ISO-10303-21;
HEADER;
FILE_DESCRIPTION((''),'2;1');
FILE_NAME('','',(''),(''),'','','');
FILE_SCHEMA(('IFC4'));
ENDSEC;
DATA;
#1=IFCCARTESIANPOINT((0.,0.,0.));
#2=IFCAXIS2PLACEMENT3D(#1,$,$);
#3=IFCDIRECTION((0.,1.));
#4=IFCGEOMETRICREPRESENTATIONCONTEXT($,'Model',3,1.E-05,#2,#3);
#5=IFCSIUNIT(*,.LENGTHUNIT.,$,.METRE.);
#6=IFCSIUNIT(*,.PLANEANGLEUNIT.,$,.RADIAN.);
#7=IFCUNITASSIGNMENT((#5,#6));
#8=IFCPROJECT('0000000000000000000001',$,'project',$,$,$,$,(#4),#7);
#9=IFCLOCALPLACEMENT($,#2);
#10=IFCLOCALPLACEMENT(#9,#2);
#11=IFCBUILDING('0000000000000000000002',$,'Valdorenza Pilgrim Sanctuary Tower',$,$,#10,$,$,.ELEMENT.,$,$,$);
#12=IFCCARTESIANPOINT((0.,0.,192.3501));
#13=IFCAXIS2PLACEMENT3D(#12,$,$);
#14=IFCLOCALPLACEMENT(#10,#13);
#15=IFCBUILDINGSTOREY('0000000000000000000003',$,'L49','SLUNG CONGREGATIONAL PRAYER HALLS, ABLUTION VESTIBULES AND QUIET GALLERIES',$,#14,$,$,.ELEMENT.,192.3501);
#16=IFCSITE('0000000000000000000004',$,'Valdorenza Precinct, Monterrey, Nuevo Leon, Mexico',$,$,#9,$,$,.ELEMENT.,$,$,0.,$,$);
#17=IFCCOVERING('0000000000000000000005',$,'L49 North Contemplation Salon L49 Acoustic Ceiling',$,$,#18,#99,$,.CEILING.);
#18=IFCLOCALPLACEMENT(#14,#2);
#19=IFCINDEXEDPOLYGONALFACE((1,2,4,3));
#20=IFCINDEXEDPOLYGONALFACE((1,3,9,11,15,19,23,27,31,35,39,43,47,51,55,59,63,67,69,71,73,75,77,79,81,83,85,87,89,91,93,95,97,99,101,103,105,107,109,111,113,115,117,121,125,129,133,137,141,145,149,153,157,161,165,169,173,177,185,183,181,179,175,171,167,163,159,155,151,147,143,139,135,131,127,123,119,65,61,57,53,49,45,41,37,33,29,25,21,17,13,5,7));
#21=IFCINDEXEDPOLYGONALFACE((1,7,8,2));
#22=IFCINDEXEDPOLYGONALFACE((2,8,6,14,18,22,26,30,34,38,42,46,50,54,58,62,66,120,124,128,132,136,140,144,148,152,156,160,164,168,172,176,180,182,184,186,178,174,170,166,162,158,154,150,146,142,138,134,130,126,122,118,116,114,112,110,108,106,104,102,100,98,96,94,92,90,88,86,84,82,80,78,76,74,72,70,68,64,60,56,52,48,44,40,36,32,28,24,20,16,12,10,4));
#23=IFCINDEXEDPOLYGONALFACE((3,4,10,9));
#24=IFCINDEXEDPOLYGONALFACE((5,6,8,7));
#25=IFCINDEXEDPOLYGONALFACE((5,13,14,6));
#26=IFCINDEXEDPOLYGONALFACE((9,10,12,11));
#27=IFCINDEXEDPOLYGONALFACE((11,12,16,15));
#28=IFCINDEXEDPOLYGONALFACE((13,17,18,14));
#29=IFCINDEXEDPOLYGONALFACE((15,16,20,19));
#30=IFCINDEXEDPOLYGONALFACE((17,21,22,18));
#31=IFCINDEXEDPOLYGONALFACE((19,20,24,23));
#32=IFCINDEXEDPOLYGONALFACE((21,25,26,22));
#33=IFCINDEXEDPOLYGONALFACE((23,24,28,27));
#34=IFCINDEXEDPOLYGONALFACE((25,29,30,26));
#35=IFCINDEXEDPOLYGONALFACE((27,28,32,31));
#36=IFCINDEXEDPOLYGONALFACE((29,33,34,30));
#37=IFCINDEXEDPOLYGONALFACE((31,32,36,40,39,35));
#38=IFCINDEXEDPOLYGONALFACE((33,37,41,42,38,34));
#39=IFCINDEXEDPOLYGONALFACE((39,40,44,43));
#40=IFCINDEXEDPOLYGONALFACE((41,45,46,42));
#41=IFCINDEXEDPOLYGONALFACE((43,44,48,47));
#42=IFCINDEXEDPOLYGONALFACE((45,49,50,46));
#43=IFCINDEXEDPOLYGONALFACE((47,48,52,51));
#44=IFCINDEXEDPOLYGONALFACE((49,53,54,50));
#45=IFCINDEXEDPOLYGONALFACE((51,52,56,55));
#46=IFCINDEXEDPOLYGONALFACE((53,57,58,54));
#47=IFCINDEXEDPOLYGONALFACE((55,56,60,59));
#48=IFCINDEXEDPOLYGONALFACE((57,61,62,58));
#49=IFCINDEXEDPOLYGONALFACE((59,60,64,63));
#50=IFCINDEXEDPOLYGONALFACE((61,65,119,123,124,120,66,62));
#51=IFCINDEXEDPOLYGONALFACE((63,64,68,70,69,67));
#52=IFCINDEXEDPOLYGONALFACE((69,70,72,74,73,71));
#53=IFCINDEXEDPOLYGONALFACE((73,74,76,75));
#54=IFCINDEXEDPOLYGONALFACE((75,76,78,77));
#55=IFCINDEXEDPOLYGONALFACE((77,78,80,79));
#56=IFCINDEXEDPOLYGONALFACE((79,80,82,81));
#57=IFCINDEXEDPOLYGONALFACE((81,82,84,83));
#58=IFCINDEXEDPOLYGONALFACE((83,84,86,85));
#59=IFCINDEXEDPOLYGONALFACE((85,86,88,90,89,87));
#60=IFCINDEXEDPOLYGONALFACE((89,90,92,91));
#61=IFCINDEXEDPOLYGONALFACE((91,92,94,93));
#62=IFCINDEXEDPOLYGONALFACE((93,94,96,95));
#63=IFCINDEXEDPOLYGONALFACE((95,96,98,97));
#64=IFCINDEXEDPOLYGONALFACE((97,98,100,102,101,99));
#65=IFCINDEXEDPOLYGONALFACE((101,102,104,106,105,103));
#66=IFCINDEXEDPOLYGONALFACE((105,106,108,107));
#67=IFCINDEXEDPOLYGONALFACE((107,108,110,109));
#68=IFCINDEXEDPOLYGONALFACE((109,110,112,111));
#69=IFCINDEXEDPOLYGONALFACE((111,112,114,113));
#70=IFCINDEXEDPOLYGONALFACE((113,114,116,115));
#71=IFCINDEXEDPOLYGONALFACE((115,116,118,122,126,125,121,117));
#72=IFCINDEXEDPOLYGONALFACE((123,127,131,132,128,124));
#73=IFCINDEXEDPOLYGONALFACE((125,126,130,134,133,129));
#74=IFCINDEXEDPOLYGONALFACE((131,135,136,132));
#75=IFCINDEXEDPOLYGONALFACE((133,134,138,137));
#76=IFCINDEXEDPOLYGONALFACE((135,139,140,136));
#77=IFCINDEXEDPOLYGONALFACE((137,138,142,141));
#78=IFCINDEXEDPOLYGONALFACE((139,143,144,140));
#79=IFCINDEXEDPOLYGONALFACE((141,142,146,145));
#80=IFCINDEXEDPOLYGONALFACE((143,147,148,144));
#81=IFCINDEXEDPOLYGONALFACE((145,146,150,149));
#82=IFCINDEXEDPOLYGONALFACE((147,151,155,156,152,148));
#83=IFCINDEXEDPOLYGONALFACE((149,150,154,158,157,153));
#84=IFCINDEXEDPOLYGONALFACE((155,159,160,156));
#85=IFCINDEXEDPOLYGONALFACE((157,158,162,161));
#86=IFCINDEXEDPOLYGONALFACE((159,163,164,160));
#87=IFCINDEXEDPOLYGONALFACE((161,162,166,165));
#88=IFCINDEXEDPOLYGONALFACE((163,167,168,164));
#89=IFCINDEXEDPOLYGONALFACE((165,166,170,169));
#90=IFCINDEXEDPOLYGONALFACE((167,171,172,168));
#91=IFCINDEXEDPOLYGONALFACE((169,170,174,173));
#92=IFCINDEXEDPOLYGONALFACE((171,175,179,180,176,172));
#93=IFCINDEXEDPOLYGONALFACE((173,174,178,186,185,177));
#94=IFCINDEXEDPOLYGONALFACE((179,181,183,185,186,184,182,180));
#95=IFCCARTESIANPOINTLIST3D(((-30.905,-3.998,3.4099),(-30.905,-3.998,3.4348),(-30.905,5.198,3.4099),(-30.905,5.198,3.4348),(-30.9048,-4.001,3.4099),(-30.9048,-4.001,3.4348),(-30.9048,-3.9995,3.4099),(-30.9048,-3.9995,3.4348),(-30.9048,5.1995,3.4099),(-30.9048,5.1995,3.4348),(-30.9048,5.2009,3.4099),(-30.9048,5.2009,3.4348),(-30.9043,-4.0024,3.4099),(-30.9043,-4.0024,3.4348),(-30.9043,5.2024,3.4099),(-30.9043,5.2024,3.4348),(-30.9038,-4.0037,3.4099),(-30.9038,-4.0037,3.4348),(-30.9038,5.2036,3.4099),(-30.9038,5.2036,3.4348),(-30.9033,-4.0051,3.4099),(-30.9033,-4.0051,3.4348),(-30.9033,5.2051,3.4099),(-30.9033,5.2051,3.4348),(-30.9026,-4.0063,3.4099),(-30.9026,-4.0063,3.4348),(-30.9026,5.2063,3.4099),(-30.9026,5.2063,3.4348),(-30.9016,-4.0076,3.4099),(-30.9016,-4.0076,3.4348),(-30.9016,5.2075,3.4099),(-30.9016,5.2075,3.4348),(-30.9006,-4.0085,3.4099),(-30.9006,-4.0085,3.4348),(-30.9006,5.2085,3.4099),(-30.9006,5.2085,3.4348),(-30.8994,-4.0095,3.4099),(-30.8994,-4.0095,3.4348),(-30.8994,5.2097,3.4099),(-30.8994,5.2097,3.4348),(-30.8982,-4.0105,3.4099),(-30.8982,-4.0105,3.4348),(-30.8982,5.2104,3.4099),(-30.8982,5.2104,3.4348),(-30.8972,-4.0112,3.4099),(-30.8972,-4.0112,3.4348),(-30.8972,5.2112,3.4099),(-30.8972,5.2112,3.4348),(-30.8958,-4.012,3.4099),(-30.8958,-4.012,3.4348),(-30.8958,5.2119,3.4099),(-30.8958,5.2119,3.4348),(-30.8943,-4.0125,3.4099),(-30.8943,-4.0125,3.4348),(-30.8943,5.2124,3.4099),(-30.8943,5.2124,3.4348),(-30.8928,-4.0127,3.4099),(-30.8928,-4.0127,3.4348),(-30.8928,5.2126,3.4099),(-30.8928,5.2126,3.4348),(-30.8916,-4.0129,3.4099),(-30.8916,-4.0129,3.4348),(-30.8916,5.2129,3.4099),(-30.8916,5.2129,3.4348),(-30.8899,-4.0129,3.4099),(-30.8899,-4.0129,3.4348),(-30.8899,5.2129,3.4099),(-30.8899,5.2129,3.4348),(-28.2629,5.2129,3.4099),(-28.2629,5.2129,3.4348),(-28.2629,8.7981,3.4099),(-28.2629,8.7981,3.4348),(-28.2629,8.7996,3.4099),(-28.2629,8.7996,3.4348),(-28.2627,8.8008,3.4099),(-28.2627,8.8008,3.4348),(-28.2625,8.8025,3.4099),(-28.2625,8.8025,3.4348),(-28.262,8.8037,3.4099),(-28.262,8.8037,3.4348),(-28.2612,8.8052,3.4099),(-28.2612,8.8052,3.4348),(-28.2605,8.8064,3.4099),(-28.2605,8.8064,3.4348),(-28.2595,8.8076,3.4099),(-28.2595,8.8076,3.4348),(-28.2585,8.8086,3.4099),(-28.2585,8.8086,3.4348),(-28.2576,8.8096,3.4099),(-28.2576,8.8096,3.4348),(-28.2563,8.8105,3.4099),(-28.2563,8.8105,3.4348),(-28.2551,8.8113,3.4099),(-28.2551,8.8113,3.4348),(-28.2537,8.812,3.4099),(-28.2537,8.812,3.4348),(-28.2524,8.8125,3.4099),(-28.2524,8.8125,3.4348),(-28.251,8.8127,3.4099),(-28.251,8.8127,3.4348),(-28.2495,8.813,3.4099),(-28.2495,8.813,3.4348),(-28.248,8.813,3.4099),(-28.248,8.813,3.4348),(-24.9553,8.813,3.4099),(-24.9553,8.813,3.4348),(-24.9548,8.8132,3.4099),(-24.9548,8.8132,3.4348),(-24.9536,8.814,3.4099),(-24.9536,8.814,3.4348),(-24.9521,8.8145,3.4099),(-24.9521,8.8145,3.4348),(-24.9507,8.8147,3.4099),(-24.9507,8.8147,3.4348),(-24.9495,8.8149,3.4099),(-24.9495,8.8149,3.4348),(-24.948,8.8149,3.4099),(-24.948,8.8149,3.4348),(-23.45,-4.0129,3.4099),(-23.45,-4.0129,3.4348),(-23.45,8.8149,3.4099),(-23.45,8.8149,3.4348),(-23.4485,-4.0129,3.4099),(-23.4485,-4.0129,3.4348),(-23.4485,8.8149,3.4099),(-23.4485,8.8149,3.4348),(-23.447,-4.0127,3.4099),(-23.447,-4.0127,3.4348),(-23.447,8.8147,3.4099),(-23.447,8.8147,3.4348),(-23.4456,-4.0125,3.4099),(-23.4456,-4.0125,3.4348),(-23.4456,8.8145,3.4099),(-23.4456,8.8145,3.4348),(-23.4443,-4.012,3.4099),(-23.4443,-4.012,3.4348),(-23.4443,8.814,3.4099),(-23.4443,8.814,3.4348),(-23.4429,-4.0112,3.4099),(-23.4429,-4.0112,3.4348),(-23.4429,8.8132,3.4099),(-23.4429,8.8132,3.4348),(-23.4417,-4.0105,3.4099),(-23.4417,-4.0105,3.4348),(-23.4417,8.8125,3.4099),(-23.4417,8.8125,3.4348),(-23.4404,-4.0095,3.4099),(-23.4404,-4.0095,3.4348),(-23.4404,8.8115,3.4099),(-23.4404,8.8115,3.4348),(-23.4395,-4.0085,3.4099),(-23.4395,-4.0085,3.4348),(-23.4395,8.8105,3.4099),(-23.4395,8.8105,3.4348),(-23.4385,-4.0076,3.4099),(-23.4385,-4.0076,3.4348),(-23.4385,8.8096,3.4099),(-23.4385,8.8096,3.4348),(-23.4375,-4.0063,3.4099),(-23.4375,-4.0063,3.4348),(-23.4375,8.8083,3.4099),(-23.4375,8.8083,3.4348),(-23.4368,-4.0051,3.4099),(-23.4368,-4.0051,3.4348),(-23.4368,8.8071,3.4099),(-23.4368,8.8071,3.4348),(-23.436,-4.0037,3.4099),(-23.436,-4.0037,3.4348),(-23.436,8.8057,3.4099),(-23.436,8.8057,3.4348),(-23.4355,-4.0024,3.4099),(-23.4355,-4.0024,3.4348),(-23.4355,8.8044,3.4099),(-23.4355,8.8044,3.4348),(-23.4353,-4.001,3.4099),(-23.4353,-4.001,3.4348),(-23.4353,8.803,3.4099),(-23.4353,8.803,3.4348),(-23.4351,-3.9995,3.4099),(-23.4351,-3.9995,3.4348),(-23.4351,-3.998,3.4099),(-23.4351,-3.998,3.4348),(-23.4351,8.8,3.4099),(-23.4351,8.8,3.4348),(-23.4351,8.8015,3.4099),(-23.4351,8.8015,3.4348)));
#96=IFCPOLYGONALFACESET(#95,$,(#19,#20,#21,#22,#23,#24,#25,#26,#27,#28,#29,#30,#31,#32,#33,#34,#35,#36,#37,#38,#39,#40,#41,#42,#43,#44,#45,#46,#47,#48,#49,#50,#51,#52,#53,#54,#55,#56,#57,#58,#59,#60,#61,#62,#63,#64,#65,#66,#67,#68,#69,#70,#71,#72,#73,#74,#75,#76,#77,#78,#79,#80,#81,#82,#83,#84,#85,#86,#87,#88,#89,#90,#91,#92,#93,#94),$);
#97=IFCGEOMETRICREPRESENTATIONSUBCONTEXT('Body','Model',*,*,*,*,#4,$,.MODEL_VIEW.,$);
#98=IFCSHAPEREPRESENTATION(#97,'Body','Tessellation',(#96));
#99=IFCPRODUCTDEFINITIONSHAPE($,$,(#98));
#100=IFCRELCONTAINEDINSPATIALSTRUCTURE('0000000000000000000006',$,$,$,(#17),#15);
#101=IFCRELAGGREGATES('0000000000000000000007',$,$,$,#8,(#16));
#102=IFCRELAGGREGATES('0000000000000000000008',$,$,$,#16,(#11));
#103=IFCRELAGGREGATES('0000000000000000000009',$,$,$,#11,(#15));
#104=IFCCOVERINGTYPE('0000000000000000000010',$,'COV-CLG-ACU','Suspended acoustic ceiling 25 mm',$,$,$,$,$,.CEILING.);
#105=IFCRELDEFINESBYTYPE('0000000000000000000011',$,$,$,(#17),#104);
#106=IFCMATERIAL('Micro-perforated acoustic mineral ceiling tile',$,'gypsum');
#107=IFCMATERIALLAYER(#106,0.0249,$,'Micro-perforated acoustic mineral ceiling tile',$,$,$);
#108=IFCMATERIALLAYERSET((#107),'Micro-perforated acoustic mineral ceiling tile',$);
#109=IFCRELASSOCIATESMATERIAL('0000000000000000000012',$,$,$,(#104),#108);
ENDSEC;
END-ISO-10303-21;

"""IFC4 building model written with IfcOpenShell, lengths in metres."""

from ifc_helpers import new_model, si_unit, direction, frame, origin, place, context, subcontext, project, spatial, polyline, outline, extrude, material, layer, layer_set, type_object, element, save


model = new_model("IFC4")

# Units and contexts
model_context = context("Model", 3, precision=1e-05, world=origin(), true_north=direction((0.0, 1.0)))
body_context = subcontext(model_context, "Body", "Model", "MODEL_VIEW")
ifc_project = project(units=[si_unit("LENGTHUNIT", "METRE"), si_unit("PLANEANGLEUNIT", "RADIAN")], contexts=[model_context])

# Site, building, storey
site_placement = place(None, origin())
site = spatial("IfcSite", under=ifc_project, at=site_placement, Name="Valdorenza Precinct, Monterrey, Nuevo Leon, Mexico", CompositionType="ELEMENT", RefElevation=0.0)
building_placement = place(site_placement, origin())
building = spatial("IfcBuilding", under=site, at=building_placement, Name="Valdorenza Pilgrim Sanctuary Tower", CompositionType="ELEMENT")
storey_placement = place(building_placement, frame((0.0, 0.0, 192.3501)))
storey = spatial("IfcBuildingStorey", under=building, at=storey_placement, Name="L49", Description="SLUNG CONGREGATIONAL PRAYER HALLS, ABLUTION VESTIBULES AND QUIET GALLERIES", CompositionType="ELEMENT", Elevation=192.3501)

# Covering
ifc_material_1 = material(Name="Micro-perforated acoustic mineral ceiling tile", Category="gypsum")
ifc_layer_1 = layer(ifc_material_1, 0.0249, Name="Micro-perforated acoustic mineral ceiling tile")
ifc_layer_set_1 = layer_set([ifc_layer_1], Name="Micro-perforated acoustic mineral ceiling tile")
covering_type_1 = type_object("IfcCoveringType", Name="COV-CLG-ACU", Description="Suspended acoustic ceiling 25 mm", PredefinedType="CEILING", material=ifc_layer_set_1)
covering_1_placement = place(storey_placement, frame((0.0, 0.0, 3.4099)))
element("IfcCovering", 1, at=covering_1_placement, inside=storey, type_object=covering_type_1, Name="L49 North Contemplation Salon L49 Acoustic Ceiling", PredefinedType="CEILING", context=body_context, shape_type="SweptSolid", body=[
    extrude(outline(polyline([(-28.2629, 5.2129), (-28.2629, 8.7981), (-28.2629, 8.7996), (-28.2627, 8.8008), (-28.2625, 8.8025), (-28.262, 8.8037), (-28.2612, 8.8052), (-28.2605, 8.8064), (-28.2595, 8.8076), (-28.2585, 8.8086), (-28.2576, 8.8096), (-28.2563, 8.8105), (-28.2551, 8.8113), (-28.2537, 8.812), (-28.2524, 8.8125), (-28.251, 8.8127), (-28.2495, 8.813), (-28.248, 8.813), (-24.9553, 8.813), (-24.9548, 8.8132), (-24.9536, 8.814), (-24.9521, 8.8145), (-24.9507, 8.8147), (-24.9495, 8.8149), (-24.948, 8.8149), (-23.45, 8.8149), (-23.4485, 8.8149), (-23.447, 8.8147), (-23.4456, 8.8145), (-23.4443, 8.814), (-23.4429, 8.8132), (-23.4417, 8.8125), (-23.4404, 8.8115), (-23.4395, 8.8105), (-23.4385, 8.8096), (-23.4375, 8.8083), (-23.4368, 8.8071), (-23.436, 8.8057), (-23.4355, 8.8044), (-23.4353, 8.803), (-23.4351, 8.8015), (-23.4351, 8.8), (-23.4351, -3.998), (-23.4351, -3.9995), (-23.4353, -4.001), (-23.4355, -4.0024), (-23.436, -4.0037), (-23.4368, -4.0051), (-23.4375, -4.0063), (-23.4385, -4.0076), (-23.4395, -4.0085), (-23.4404, -4.0095), (-23.4417, -4.0105), (-23.4429, -4.0112), (-23.4443, -4.012), (-23.4456, -4.0125), (-23.447, -4.0127), (-23.4485, -4.0129), (-23.45, -4.0129), (-30.8899, -4.0129), (-30.8916, -4.0129), (-30.8928, -4.0127), (-30.8943, -4.0125), (-30.8958, -4.012), (-30.8972, -4.0112), (-30.8982, -4.0105), (-30.8994, -4.0095), (-30.9006, -4.0085), (-30.9016, -4.0076), (-30.9026, -4.0063), (-30.9033, -4.0051), (-30.9038, -4.0037), (-30.9043, -4.0024), (-30.9048, -4.001), (-30.9048, -3.9995), (-30.905, -3.998), (-30.905, 5.198), (-30.9048, 5.1995), (-30.9048, 5.2009), (-30.9043, 5.2024), (-30.9038, 5.2036), (-30.9033, 5.2051), (-30.9026, 5.2063), (-30.9016, 5.2075), (-30.9006, 5.2085), (-30.8994, 5.2097), (-30.8982, 5.2104), (-30.8972, 5.2112), (-30.8958, 5.2119), (-30.8943, 5.2124), (-30.8928, 5.2126), (-30.8916, 5.2129), (-30.8899, 5.2129), (-28.2629, 5.2129)])), origin(), (0.0, 0.0, 1.0), 0.0249),
])

save(model, "model.ifc")
